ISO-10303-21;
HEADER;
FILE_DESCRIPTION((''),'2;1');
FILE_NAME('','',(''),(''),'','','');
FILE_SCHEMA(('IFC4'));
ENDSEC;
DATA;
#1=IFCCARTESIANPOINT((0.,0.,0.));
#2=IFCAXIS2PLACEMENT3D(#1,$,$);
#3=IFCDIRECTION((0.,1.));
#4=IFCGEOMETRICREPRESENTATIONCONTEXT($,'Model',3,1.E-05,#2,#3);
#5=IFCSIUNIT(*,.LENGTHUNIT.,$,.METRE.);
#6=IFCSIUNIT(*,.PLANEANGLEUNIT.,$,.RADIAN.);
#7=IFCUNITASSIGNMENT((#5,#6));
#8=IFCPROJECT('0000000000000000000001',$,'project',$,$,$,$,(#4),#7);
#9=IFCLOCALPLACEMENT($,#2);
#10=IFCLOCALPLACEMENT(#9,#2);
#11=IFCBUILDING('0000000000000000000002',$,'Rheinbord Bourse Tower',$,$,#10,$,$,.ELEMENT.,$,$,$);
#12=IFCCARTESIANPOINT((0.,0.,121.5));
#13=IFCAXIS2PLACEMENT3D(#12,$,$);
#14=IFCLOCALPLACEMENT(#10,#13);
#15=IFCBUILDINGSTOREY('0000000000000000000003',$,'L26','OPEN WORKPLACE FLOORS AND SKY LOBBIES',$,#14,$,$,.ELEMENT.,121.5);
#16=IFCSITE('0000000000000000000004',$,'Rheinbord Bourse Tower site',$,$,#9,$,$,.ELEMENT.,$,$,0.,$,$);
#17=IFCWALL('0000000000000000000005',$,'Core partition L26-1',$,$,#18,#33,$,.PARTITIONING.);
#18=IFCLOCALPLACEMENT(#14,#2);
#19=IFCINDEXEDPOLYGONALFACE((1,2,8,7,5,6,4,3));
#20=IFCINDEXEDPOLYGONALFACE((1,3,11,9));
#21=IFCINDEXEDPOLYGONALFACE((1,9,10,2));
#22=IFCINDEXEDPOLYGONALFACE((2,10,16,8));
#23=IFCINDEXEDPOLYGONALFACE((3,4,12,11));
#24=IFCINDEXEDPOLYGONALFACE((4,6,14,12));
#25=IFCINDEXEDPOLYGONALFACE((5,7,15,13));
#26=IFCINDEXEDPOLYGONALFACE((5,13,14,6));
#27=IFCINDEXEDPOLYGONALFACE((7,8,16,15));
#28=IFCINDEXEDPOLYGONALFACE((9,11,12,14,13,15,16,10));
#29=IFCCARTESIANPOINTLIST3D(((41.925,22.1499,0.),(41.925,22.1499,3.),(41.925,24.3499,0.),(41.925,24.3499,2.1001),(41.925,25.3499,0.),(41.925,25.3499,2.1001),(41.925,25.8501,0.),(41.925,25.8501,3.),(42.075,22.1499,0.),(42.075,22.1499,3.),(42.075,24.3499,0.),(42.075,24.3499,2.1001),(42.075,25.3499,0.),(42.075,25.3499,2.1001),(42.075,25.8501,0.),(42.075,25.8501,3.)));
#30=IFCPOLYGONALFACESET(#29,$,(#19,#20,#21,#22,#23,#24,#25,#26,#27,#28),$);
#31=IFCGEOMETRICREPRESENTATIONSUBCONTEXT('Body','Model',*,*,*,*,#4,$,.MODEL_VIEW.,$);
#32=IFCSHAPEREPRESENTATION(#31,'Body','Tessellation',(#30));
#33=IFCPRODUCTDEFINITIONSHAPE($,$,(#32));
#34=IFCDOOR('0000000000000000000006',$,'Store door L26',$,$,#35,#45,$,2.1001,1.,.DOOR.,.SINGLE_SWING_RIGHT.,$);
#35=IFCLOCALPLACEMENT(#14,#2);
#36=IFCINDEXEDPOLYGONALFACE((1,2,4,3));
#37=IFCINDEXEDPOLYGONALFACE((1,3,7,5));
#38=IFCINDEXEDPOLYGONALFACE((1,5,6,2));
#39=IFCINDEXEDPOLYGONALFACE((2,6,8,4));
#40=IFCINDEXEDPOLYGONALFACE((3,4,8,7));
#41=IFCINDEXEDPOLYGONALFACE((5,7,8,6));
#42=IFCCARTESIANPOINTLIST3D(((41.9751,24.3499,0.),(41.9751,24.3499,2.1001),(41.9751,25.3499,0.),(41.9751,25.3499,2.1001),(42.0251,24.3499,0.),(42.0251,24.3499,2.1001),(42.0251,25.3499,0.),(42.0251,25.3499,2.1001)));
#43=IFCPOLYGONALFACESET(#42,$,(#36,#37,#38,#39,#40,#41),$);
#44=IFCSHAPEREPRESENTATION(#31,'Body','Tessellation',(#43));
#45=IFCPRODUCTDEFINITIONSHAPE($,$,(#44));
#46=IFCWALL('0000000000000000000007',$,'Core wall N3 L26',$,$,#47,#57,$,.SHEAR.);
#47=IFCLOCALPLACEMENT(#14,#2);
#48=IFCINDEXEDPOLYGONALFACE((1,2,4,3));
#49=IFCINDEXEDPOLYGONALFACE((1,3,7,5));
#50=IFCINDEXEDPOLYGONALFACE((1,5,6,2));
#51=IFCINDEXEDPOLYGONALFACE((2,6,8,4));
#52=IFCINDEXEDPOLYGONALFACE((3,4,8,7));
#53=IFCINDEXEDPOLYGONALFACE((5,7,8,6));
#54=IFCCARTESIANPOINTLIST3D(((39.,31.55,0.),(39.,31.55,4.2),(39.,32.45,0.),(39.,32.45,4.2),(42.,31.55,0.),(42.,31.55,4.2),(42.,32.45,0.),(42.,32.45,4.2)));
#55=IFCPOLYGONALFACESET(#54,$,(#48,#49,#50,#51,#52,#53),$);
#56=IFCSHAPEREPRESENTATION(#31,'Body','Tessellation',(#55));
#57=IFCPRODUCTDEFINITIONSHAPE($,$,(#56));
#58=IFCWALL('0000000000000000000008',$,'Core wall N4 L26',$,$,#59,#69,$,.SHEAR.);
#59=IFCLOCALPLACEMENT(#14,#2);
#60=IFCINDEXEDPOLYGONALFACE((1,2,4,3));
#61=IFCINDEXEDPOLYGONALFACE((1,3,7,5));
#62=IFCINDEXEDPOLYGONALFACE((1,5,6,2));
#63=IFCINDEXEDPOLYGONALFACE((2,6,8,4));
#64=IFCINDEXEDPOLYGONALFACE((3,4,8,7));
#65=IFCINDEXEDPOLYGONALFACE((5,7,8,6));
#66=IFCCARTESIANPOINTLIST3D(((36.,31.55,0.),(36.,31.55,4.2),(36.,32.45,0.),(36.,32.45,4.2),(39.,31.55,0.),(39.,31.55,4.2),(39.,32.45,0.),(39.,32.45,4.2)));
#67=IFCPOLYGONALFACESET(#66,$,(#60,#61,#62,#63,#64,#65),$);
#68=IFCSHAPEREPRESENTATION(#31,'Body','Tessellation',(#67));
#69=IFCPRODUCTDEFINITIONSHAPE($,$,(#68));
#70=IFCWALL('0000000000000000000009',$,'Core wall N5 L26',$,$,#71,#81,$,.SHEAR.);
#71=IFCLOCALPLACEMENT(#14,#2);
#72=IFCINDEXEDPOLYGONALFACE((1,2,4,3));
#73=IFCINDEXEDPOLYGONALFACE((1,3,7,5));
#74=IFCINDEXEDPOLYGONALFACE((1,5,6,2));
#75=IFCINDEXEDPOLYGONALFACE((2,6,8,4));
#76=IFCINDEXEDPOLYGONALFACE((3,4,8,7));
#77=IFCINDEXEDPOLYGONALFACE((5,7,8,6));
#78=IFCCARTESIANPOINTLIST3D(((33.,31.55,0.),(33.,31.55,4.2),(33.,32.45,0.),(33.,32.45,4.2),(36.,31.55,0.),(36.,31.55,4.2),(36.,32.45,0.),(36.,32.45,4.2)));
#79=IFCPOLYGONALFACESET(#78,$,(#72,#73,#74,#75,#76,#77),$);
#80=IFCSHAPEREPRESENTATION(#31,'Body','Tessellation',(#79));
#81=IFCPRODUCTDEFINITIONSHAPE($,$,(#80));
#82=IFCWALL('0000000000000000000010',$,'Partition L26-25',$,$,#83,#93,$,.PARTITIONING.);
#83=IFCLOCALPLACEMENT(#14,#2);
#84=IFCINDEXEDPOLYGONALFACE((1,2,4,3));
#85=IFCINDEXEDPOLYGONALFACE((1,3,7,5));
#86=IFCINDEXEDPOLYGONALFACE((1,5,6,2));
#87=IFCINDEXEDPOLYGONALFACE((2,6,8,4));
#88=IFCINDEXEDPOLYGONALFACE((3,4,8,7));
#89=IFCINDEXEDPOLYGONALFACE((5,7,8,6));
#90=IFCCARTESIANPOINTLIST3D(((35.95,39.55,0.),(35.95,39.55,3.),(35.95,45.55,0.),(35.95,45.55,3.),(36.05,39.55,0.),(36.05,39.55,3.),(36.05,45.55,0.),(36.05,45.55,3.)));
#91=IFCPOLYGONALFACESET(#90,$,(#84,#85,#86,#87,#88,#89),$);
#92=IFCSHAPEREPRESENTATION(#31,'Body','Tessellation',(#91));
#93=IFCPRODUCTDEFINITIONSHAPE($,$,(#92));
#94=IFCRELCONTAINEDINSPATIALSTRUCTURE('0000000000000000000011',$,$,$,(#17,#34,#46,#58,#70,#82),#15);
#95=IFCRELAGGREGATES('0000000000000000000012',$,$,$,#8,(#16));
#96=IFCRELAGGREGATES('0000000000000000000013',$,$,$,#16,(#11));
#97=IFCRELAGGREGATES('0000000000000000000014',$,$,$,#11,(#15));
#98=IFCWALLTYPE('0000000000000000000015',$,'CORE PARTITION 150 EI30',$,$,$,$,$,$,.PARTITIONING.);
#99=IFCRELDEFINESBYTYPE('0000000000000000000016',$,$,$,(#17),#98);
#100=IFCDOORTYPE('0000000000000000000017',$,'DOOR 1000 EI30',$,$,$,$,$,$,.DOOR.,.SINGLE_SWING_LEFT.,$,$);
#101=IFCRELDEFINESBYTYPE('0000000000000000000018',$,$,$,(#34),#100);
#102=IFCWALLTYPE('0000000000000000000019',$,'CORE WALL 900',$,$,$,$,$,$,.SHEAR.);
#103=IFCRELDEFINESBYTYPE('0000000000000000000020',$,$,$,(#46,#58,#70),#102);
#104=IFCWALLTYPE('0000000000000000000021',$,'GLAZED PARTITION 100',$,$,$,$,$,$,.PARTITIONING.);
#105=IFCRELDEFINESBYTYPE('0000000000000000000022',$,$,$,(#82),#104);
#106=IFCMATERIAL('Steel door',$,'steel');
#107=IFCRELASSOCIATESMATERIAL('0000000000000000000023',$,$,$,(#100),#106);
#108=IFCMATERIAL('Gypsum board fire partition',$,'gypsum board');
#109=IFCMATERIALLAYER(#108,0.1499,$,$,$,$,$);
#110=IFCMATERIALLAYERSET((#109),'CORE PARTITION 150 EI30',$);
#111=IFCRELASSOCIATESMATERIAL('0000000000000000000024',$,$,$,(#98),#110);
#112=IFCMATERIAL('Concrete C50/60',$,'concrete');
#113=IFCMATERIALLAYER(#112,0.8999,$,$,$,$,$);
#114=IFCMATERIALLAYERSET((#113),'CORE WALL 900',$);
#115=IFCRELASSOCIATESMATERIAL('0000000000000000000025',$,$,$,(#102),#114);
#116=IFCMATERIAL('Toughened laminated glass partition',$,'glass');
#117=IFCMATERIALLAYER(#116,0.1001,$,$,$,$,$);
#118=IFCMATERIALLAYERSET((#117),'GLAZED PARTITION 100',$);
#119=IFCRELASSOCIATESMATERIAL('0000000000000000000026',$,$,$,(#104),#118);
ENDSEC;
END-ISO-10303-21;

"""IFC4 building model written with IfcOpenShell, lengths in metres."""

from ifc_helpers import new_model, si_unit, direction, frame, frame_2d, origin, place, context, subcontext, project, spatial, rectangle, extrude, material, layer, layer_set, type_object, element, fill, save


model = new_model("IFC4")

# Units and contexts
model_context = context("Model", 3, precision=1e-05, world=origin(), true_north=direction((0.0, 1.0)))
body_context = subcontext(model_context, "Body", "Model", "MODEL_VIEW")
ifc_project = project(units=[si_unit("LENGTHUNIT", "METRE"), si_unit("PLANEANGLEUNIT", "RADIAN")], contexts=[model_context])

# Site, building, storey
site_placement = place(None, origin())
site = spatial("IfcSite", under=ifc_project, at=site_placement, Name="Rheinbord Bourse Tower site", CompositionType="ELEMENT", RefElevation=0.0)
building_placement = place(site_placement, origin())
building = spatial("IfcBuilding", under=site, at=building_placement, Name="Rheinbord Bourse Tower", CompositionType="ELEMENT")
storey_placement = place(building_placement, frame((0.0, 0.0, 121.5)))
storey = spatial("IfcBuildingStorey", under=building, at=storey_placement, Name="L26", Description="OPEN WORKPLACE FLOORS AND SKY LOBBIES", CompositionType="ELEMENT", Elevation=121.5)

# Shared definitions
ifc_material_1 = material(Name="Steel door", Category="steel")
door_type_1 = type_object("IfcDoorType", Name="DOOR 1000 EI30", OperationType="SINGLE_SWING_LEFT", PredefinedType="DOOR", material=ifc_material_1)

# Wall, opening, door
ifc_material_2 = material(Name="Gypsum board fire partition", Category="gypsum board")
ifc_layer_1 = layer(ifc_material_2, 0.1499)
ifc_layer_set_1 = layer_set([ifc_layer_1], Name="CORE PARTITION 150 EI30")
wall_type_1 = type_object("IfcWallType", Name="CORE PARTITION 150 EI30", PredefinedType="PARTITIONING", material=ifc_layer_set_1)
wall_1_placement = place(storey_placement, frame((42.0, 22.1499, 0.0), z_axis=(0.0, 0.0, 1.0), x_axis=(0.0, 1.0, 0.0)))
wall_1 = element("IfcWall", 1, at=wall_1_placement, inside=storey, type_object=wall_type_1, Name="Core partition L26-1", PredefinedType="PARTITIONING", context=body_context, shape_type="SweptSolid", body=[
    extrude(rectangle(XDim=3.7002, YDim=0.1499, at=frame_2d((1.8501, 0.0))), origin(), (0.0, 0.0, 1.0), 3.0),
])
opening_1_placement = place(wall_1_placement, frame((2.2, 0.0, 0.0)))
opening_1 = element("IfcOpeningElement", 2, at=opening_1_placement, cuts=wall_1, PredefinedType="OPENING", context=body_context, shape_type="SweptSolid", body=[
    extrude(rectangle(XDim=1.0, YDim=2.1001, at=frame_2d((0.5, 1.05))), frame((0.0, 0.085, 0.0), z_axis=(0.0, -1.0, 0.0), x_axis=(1.0, 0.0, 0.0)), (0.0, 0.0, 1.0), 0.1699),
])
door_1_placement = place(opening_1_placement, origin())
door_1 = element("IfcDoor", 3, at=door_1_placement, inside=storey, type_object=door_type_1, Name="Store door L26", OperationType="SINGLE_SWING_RIGHT", OverallHeight=2.1001, OverallWidth=1.0, PredefinedType="DOOR", context=body_context, shape_type="SweptSolid", body=[
    extrude(rectangle(XDim=1.0, YDim=2.1001, at=frame_2d((0.5, 1.05))), frame((0.0, 0.0249, 0.0), z_axis=(0.0, -1.0, 0.0), x_axis=(1.0, 0.0, 0.0)), (0.0, 0.0, 1.0), 0.05),
])
fill(opening_1, door_1)

# Walls
ifc_material_3 = material(Name="Concrete C50/60", Category="concrete")
ifc_layer_2 = layer(ifc_material_3, 0.8999)
ifc_layer_set_2 = layer_set([ifc_layer_2], Name="CORE WALL 900")
wall_type_2 = type_object("IfcWallType", Name="CORE WALL 900", PredefinedType="SHEAR", material=ifc_layer_set_2)
for number, where, z_axis, x_axis, name in (
    (4, (42.0, 32.0, 0.0), (0.0, 0.0, 1.0), (-1.0, 0.0, 0.0), "Core wall N3 L26"),
    (5, (39.0, 32.0, 0.0), (0.0, 0.0, 1.0), (-1.0, 0.0, 0.0), "Core wall N4 L26"),
    (6, (36.0, 32.0, 0.0), (0.0, 0.0, 1.0), (-1.0, 0.0, 0.0), "Core wall N5 L26"),
):
    element("IfcWall", number, at=place(storey_placement, frame(where, z_axis=z_axis, x_axis=x_axis)), inside=storey, type_object=wall_type_2, Name=name, PredefinedType="SHEAR", context=body_context, shape_type="SweptSolid", body=[
        extrude(rectangle(XDim=3.0, YDim=0.8999, at=frame_2d((1.5, 0.0))), origin(), (0.0, 0.0, 1.0), 4.2),
    ])
ifc_material_4 = material(Name="Toughened laminated glass partition", Category="glass")
ifc_layer_3 = layer(ifc_material_4, 0.1001)
ifc_layer_set_3 = layer_set([ifc_layer_3], Name="GLAZED PARTITION 100")
wall_type_3 = type_object("IfcWallType", Name="GLAZED PARTITION 100", PredefinedType="PARTITIONING", material=ifc_layer_set_3)
wall_2_placement = place(storey_placement, frame((36.0, 39.55, 0.0), z_axis=(0.0, 0.0, 1.0), x_axis=(0.0, 1.0, 0.0)))
element("IfcWall", 7, at=wall_2_placement, inside=storey, type_object=wall_type_3, Name="Partition L26-25", PredefinedType="PARTITIONING", context=body_context, shape_type="SweptSolid", body=[
    extrude(rectangle(XDim=6.0, YDim=0.1001, at=frame_2d((3.0, 0.0))), origin(), (0.0, 0.0, 1.0), 3.0),
])

save(model, "model.ifc")
